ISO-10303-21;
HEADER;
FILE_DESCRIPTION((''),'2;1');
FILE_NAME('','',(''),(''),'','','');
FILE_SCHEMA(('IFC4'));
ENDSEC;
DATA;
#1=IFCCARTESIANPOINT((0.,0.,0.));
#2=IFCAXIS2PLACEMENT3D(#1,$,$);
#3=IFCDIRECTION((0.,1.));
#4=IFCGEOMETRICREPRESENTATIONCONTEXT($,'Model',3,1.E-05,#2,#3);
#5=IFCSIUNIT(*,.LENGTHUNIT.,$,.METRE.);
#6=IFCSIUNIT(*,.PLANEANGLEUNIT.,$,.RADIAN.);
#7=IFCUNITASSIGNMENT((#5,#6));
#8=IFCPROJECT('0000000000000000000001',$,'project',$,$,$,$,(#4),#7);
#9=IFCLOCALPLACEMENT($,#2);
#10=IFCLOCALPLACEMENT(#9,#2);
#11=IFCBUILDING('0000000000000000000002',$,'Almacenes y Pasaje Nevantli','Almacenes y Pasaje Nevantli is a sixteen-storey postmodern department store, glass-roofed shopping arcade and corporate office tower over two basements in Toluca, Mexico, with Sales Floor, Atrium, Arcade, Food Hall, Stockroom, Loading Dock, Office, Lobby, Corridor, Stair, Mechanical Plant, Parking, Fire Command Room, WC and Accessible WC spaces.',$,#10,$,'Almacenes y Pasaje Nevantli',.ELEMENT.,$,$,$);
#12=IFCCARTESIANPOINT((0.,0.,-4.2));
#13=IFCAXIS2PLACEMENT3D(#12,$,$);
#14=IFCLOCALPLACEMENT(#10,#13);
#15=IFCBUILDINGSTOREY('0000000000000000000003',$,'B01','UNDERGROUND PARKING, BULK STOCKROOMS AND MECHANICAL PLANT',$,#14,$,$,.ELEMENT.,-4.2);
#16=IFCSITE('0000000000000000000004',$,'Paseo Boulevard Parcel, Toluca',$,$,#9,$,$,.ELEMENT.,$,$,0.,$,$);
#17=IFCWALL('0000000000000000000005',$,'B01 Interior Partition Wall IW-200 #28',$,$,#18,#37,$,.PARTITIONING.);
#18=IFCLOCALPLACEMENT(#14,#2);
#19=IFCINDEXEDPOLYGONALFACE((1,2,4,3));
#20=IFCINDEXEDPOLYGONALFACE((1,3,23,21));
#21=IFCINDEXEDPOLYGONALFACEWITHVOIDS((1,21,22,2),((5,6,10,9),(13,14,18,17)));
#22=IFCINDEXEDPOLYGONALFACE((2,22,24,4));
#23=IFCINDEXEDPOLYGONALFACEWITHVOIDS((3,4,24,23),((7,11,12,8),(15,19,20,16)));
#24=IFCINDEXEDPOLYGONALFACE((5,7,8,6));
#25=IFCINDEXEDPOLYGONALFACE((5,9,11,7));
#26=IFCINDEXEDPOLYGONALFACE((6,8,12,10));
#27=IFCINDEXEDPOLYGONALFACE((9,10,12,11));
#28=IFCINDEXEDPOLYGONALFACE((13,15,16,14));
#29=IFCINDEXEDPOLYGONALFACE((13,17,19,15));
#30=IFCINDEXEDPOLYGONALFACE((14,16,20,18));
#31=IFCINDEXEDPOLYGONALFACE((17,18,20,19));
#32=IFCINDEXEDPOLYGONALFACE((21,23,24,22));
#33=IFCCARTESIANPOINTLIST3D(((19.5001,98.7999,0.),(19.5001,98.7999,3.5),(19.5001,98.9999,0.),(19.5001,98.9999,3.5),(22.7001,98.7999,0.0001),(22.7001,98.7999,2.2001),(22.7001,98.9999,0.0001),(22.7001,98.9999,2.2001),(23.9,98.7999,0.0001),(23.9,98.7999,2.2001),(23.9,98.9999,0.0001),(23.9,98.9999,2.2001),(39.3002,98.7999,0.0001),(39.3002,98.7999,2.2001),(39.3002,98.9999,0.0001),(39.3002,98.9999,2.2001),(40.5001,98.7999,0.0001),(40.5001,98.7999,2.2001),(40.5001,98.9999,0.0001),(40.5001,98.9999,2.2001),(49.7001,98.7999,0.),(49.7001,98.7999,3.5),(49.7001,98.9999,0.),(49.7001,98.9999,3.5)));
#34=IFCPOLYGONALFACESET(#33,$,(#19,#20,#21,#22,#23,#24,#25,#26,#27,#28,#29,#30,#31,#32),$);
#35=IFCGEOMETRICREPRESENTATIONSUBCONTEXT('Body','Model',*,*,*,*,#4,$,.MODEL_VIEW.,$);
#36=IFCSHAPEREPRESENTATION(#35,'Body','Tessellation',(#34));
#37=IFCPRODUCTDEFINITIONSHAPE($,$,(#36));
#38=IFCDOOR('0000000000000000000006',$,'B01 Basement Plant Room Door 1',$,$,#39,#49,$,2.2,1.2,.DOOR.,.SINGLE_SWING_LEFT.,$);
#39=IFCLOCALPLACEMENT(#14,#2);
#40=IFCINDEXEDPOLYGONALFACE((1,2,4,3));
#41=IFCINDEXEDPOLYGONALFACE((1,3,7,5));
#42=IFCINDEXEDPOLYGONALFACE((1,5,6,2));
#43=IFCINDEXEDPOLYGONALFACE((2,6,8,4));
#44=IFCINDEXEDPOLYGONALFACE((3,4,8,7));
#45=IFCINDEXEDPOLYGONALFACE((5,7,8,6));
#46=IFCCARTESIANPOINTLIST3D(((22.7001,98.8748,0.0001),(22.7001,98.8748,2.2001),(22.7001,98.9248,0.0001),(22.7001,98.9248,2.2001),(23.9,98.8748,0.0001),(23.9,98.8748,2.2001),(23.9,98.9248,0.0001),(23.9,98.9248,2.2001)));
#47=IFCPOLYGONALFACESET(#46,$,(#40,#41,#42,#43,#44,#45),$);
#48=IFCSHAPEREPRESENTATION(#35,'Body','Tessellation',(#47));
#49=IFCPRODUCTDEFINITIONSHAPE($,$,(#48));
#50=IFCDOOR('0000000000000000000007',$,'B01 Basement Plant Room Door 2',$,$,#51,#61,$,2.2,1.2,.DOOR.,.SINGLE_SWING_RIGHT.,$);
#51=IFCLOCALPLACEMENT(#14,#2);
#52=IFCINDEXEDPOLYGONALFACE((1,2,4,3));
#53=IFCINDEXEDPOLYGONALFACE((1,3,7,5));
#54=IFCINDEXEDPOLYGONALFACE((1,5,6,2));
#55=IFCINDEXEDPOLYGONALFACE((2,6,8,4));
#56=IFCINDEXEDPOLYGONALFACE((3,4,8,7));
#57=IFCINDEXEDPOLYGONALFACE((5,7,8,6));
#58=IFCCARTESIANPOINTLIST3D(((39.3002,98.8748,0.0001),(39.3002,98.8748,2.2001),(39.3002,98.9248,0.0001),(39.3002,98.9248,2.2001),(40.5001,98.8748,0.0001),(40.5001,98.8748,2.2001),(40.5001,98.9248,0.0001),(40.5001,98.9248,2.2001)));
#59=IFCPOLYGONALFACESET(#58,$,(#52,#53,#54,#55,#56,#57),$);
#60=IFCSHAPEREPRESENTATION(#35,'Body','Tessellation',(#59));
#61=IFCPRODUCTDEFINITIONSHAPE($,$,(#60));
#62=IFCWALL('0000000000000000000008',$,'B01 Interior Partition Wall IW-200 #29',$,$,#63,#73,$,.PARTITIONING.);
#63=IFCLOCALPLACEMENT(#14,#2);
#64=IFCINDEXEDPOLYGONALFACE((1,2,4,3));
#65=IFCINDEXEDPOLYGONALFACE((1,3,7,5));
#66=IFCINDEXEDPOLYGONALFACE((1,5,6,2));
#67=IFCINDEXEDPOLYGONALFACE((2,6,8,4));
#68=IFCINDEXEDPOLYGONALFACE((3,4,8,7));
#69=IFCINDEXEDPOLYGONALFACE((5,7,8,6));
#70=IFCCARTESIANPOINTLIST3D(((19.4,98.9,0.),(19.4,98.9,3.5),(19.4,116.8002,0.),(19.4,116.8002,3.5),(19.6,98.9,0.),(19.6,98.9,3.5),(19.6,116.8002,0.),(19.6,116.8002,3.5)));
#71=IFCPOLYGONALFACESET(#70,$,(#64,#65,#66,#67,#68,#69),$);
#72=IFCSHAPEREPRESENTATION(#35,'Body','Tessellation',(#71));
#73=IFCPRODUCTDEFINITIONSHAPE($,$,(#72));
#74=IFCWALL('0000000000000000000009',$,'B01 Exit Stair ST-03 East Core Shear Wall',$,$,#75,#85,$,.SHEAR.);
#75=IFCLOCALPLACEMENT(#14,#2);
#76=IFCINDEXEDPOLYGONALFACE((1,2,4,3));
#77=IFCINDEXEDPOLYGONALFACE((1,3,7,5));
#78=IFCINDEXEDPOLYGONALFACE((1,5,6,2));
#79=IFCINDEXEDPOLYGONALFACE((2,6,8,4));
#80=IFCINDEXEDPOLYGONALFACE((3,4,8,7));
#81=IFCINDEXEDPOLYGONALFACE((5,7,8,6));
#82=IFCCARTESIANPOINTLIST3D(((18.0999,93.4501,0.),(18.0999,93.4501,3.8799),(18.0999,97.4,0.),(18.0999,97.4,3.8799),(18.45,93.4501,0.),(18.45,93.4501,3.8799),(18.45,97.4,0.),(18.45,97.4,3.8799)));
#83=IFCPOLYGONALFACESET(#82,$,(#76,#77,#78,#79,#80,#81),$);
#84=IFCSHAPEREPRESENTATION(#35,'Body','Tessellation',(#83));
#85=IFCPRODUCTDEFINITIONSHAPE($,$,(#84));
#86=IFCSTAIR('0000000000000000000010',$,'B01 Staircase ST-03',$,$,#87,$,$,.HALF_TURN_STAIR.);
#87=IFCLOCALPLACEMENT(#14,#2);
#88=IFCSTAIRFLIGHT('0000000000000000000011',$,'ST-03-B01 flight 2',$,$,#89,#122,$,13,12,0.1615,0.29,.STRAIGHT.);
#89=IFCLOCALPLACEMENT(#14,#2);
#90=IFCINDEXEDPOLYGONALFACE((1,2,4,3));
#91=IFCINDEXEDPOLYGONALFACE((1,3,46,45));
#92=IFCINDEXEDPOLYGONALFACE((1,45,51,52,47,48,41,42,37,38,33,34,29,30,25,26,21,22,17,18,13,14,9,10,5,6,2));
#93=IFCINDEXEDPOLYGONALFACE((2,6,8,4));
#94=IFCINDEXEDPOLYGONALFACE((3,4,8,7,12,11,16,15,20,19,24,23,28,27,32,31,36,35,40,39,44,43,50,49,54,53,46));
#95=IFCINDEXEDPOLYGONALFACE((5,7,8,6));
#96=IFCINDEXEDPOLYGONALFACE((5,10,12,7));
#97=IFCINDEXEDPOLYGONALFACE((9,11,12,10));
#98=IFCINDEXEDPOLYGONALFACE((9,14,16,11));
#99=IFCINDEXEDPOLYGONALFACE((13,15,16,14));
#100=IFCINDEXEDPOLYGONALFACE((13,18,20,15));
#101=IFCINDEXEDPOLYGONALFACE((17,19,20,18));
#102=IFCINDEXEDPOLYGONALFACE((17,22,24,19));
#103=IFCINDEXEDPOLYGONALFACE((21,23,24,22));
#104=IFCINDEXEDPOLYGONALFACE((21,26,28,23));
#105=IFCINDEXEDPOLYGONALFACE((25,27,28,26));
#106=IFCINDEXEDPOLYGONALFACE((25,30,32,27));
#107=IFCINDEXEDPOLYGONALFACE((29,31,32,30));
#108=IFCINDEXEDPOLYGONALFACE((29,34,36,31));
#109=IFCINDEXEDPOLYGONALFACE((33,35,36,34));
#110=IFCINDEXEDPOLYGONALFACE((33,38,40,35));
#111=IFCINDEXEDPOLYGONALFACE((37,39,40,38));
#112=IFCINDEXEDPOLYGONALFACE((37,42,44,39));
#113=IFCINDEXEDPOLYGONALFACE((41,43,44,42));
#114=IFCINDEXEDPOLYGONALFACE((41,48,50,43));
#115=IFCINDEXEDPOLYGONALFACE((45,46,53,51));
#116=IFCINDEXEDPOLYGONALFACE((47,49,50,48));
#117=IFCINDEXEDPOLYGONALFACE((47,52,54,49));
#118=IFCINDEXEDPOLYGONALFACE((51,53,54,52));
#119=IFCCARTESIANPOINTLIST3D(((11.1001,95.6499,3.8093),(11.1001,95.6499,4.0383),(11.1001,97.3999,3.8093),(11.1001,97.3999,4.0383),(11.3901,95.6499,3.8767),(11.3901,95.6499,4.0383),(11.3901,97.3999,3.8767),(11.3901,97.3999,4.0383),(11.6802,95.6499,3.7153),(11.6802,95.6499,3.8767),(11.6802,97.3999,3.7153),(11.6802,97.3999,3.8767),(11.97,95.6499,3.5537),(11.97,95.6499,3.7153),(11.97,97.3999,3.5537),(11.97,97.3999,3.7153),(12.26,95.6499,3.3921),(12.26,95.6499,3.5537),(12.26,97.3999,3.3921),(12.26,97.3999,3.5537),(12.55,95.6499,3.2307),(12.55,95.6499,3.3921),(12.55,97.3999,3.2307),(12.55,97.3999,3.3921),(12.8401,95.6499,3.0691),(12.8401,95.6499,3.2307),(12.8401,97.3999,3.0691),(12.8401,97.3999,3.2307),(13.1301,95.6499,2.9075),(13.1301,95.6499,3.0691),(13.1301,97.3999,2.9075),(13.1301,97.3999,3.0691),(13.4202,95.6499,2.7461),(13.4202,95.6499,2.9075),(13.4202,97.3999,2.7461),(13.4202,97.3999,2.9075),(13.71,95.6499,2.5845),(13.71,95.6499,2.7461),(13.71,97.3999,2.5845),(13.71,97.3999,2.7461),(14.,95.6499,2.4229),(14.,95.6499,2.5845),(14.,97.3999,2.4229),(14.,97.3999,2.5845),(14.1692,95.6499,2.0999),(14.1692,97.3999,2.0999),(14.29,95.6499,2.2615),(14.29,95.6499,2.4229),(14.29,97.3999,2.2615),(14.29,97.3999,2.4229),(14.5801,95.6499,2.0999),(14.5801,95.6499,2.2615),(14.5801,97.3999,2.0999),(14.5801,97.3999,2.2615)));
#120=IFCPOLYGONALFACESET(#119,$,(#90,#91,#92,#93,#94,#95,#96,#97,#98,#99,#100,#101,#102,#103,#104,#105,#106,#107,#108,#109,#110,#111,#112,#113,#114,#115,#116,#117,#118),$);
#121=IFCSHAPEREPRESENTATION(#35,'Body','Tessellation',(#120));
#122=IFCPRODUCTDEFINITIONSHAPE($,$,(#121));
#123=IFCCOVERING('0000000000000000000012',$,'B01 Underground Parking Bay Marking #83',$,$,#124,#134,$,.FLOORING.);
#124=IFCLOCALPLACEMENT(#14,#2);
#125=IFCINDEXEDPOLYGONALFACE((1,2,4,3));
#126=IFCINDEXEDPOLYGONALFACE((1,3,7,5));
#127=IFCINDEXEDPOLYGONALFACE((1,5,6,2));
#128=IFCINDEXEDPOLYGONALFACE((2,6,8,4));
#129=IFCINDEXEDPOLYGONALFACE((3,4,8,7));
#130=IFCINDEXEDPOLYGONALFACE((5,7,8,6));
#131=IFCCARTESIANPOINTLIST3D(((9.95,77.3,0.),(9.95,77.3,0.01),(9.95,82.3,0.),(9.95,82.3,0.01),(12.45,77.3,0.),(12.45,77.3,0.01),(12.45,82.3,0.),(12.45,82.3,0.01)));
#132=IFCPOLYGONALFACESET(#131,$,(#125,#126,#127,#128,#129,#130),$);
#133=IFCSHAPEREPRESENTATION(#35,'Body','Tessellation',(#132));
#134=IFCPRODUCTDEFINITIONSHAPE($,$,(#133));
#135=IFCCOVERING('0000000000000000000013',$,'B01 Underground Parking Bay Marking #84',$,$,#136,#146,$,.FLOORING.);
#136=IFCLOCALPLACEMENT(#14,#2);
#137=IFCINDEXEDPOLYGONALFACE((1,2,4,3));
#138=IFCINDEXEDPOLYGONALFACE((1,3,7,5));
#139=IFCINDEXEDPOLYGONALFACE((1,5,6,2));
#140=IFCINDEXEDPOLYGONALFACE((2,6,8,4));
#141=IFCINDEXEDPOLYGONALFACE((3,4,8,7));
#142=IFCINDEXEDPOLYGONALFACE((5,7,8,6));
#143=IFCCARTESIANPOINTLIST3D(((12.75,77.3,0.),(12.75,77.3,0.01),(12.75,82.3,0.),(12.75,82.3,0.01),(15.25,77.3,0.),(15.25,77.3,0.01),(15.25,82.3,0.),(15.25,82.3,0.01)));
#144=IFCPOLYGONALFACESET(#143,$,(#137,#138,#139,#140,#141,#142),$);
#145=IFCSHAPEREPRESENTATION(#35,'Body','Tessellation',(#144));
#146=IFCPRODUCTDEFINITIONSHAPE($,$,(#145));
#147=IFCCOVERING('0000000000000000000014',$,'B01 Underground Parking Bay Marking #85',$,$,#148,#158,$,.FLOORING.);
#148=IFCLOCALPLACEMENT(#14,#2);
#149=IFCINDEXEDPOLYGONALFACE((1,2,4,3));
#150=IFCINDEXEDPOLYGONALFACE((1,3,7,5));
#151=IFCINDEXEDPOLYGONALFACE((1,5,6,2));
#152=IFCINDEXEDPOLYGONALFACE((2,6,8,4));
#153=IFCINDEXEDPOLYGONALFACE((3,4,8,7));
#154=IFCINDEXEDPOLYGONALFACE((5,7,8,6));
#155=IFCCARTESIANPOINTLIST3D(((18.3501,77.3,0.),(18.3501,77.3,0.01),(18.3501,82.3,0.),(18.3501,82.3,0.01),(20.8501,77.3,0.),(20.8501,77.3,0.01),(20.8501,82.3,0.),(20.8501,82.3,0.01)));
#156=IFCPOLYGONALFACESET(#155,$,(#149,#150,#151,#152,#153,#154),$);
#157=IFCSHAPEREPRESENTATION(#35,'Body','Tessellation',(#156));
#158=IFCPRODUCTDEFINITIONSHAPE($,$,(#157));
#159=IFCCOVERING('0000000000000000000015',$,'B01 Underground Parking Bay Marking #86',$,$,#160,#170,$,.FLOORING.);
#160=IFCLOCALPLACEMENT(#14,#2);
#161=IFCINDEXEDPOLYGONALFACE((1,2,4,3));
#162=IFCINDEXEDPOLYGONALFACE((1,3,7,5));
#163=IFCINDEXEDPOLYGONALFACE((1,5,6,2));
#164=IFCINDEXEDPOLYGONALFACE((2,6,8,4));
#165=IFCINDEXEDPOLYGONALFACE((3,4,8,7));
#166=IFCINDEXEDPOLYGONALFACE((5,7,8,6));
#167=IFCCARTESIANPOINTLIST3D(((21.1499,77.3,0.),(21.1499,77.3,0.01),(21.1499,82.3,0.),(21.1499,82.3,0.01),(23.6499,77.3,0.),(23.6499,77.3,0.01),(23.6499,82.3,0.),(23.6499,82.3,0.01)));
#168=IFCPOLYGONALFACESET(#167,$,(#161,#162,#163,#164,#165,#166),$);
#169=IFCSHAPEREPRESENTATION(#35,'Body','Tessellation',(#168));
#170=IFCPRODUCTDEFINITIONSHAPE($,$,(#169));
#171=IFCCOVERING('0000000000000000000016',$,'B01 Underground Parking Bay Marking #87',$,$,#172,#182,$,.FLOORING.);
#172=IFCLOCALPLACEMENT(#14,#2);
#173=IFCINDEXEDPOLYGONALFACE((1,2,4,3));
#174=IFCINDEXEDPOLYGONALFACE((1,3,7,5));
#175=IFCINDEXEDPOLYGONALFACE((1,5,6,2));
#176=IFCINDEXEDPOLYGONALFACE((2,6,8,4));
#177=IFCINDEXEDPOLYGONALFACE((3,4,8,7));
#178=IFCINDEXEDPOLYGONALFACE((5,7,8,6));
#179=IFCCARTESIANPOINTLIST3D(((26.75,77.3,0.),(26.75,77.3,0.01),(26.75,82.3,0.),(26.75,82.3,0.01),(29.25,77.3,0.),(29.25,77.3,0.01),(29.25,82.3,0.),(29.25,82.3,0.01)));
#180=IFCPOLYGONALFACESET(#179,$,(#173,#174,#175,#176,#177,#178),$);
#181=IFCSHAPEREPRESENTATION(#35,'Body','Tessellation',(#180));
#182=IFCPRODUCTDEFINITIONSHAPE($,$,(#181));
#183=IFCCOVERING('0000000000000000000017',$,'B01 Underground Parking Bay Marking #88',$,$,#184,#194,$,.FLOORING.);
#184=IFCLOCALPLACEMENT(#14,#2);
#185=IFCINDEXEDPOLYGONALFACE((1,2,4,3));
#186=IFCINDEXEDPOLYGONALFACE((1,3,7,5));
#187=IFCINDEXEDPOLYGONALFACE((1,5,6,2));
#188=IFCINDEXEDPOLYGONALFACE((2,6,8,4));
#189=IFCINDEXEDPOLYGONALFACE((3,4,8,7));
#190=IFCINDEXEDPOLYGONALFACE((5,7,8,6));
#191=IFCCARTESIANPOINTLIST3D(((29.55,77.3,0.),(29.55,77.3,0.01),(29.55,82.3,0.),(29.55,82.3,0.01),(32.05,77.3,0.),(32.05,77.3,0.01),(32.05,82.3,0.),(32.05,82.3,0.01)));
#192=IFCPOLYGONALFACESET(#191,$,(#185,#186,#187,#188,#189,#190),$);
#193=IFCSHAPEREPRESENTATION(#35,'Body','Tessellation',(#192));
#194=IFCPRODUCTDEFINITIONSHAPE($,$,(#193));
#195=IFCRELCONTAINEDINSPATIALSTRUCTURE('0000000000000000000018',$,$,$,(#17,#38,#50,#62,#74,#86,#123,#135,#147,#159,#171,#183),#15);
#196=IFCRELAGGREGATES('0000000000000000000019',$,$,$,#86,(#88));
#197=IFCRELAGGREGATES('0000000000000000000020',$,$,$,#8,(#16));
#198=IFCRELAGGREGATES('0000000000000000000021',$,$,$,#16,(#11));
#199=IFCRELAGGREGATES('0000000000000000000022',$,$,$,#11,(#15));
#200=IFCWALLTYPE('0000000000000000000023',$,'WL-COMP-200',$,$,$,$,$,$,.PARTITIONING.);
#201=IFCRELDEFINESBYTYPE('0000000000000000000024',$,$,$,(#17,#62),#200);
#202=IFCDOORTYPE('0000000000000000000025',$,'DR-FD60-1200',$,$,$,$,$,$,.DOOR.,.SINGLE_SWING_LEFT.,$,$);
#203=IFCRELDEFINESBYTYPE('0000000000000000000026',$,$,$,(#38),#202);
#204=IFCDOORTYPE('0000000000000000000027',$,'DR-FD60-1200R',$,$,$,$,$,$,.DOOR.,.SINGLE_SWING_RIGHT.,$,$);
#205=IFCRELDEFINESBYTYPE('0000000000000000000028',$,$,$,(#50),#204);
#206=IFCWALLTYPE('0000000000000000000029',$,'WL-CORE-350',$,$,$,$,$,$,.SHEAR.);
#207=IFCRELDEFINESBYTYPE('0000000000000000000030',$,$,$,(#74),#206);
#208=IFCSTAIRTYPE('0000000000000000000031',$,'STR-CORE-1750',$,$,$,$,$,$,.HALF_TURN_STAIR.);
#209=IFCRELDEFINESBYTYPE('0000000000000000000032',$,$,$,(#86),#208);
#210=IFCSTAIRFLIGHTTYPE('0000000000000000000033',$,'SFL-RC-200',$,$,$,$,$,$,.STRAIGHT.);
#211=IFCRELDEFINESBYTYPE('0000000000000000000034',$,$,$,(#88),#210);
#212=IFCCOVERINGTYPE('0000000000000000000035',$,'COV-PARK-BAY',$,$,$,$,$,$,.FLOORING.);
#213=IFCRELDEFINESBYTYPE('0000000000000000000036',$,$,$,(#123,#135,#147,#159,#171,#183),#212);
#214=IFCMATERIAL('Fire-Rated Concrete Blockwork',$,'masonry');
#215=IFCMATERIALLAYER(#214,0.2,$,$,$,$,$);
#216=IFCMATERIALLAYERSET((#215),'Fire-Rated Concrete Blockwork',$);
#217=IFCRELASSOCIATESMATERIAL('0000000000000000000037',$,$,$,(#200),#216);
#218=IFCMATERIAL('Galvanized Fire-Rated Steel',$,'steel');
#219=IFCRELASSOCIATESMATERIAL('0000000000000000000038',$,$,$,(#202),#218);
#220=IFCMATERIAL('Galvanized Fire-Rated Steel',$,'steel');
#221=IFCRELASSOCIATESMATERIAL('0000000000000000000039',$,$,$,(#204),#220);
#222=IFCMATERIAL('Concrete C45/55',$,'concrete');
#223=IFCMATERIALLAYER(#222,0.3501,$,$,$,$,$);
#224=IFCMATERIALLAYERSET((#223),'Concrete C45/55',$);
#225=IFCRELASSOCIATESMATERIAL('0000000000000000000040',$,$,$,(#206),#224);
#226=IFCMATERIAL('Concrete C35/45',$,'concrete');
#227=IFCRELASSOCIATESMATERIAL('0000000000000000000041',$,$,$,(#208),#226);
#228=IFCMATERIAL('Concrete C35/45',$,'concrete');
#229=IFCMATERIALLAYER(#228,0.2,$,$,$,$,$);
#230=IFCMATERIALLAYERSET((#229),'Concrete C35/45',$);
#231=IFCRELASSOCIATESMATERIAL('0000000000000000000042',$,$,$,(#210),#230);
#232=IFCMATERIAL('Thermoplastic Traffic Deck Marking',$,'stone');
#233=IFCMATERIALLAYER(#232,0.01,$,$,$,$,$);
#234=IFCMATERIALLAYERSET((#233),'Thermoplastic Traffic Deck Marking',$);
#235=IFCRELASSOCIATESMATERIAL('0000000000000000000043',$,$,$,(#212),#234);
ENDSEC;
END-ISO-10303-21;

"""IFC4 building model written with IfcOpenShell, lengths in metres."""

from ifc_helpers import new_model, si_unit, direction, frame, frame_2d, origin, origin_2d, place, context, subcontext, project, spatial, polyline, rectangle, outline, extrude, material, layer, layer_set, type_object, element, fill, aggregate, save


model = new_model("IFC4")

# Units and contexts
model_context = context("Model", 3, precision=1e-05, world=origin(), true_north=direction((0.0, 1.0)))
body_context = subcontext(model_context, "Body", "Model", "MODEL_VIEW")
ifc_project = project(units=[si_unit("LENGTHUNIT", "METRE"), si_unit("PLANEANGLEUNIT", "RADIAN")], contexts=[model_context])

# Site, building, storey
site_placement = place(None, origin())
site = spatial("IfcSite", under=ifc_project, at=site_placement, Name="Paseo Boulevard Parcel, Toluca", CompositionType="ELEMENT", RefElevation=0.0)
building_placement = place(site_placement, origin())
building = spatial("IfcBuilding", under=site, at=building_placement, Name="Almacenes y Pasaje Nevantli", Description="Almacenes y Pasaje Nevantli is a sixteen-storey postmodern department store, glass-roofed shopping arcade and corporate office tower over two basements in Toluca, Mexico, with Sales Floor, Atrium, Arcade, Food Hall, Stockroom, Loading Dock, Office, Lobby, Corridor, Stair, Mechanical Plant, Parking, Fire Command Room, WC and Accessible WC spaces.", LongName="Almacenes y Pasaje Nevantli", CompositionType="ELEMENT")
storey_placement = place(building_placement, frame((0.0, 0.0, -4.2)))
storey = spatial("IfcBuildingStorey", under=building, at=storey_placement, Name="B01", Description="UNDERGROUND PARKING, BULK STOCKROOMS AND MECHANICAL PLANT", CompositionType="ELEMENT", Elevation=-4.2)

# Wall, openings, doors
ifc_material_1 = material(Name="Fire-Rated Concrete Blockwork", Category="masonry")
ifc_layer_1 = layer(ifc_material_1, 0.2)
ifc_layer_set_1 = layer_set([ifc_layer_1], Name="Fire-Rated Concrete Blockwork")
wall_type_1 = type_object("IfcWallType", Name="WL-COMP-200", PredefinedType="PARTITIONING", material=ifc_layer_set_1)
wall_1_placement = place(storey_placement, frame((19.5, 98.8999, 0.0), z_axis=(0.0, 0.0, 1.0), x_axis=(1.0, 0.0, 0.0)))
wall_1 = element("IfcWall", 1, at=wall_1_placement, inside=storey, type_object=wall_type_1, Name="B01 Interior Partition Wall IW-200 #28", PredefinedType="PARTITIONING", context=body_context, shape_type="SweptSolid", body=[
    extrude(rectangle(XDim=30.2, YDim=0.2, at=frame_2d((15.1001, 0.0))), origin(), (0.0, 0.0, 1.0), 3.5),
])
opening_1_placement = place(wall_1_placement, frame((3.2, 0.0, 0.0)))
opening_1 = element("IfcOpeningElement", 2, at=opening_1_placement, cuts=wall_1, PredefinedType="OPENING", context=body_context, shape_type="SweptSolid", body=[
    extrude(rectangle(XDim=1.2, YDim=2.2, at=frame_2d((0.6001, 1.1001))), frame((0.0, 0.1099, 0.0), z_axis=(0.0, -1.0, 0.0), x_axis=(1.0, 0.0, 0.0)), (0.0, 0.0, 1.0), 0.22),
])
opening_2_placement = place(wall_1_placement, frame((19.8, 0.0, 0.0)))
opening_2 = element("IfcOpeningElement", 3, at=opening_2_placement, cuts=wall_1, PredefinedType="OPENING", context=body_context, shape_type="SweptSolid", body=[
    extrude(rectangle(XDim=1.2, YDim=2.2, at=frame_2d((0.6001, 1.1001))), frame((0.0, 0.1099, 0.0), z_axis=(0.0, -1.0, 0.0), x_axis=(1.0, 0.0, 0.0)), (0.0, 0.0, 1.0), 0.22),
])
ifc_material_2 = material(Name="Galvanized Fire-Rated Steel", Category="steel")
door_type_1 = type_object("IfcDoorType", Name="DR-FD60-1200", OperationType="SINGLE_SWING_LEFT", PredefinedType="DOOR", material=ifc_material_2)
door_1_placement = place(opening_1_placement, origin())
door_1 = element("IfcDoor", 4, at=door_1_placement, inside=storey, type_object=door_type_1, Name="B01 Basement Plant Room Door 1", OperationType="SINGLE_SWING_LEFT", OverallHeight=2.2, OverallWidth=1.2, PredefinedType="DOOR", context=body_context, shape_type="SweptSolid", body=[
    extrude(rectangle(XDim=1.2, YDim=2.2, at=frame_2d((0.6001, 1.1001))), frame((0.0, 0.0249, 0.0), z_axis=(0.0, -1.0, 0.0), x_axis=(1.0, 0.0, 0.0)), (0.0, 0.0, 1.0), 0.05),
])
fill(opening_1, door_1)
ifc_material_3 = material(Name="Galvanized Fire-Rated Steel", Category="steel")
door_type_2 = type_object("IfcDoorType", Name="DR-FD60-1200R", OperationType="SINGLE_SWING_RIGHT", PredefinedType="DOOR", material=ifc_material_3)
door_2_placement = place(opening_2_placement, origin())
door_2 = element("IfcDoor", 5, at=door_2_placement, inside=storey, type_object=door_type_2, Name="B01 Basement Plant Room Door 2", OperationType="SINGLE_SWING_RIGHT", OverallHeight=2.2, OverallWidth=1.2, PredefinedType="DOOR", context=body_context, shape_type="SweptSolid", body=[
    extrude(rectangle(XDim=1.2, YDim=2.2, at=frame_2d((0.6001, 1.1001))), frame((0.0, 0.0249, 0.0), z_axis=(0.0, -1.0, 0.0), x_axis=(1.0, 0.0, 0.0)), (0.0, 0.0, 1.0), 0.05),
])
fill(opening_2, door_2)

# Walls
wall_2_placement = place(storey_placement, frame((19.5, 98.8999, 0.0), z_axis=(0.0, 0.0, 1.0), x_axis=(0.0, 1.0, 0.0)))
element("IfcWall", 6, at=wall_2_placement, inside=storey, type_object=wall_type_1, Name="B01 Interior Partition Wall IW-200 #29", PredefinedType="PARTITIONING", context=body_context, shape_type="SweptSolid", body=[
    extrude(rectangle(XDim=17.9001, YDim=0.2, at=frame_2d((8.9502, 0.0))), origin(), (0.0, 0.0, 1.0), 3.5),
])
ifc_material_4 = material(Name="Concrete C45/55", Category="concrete")
ifc_layer_2 = layer(ifc_material_4, 0.3501)
ifc_layer_set_2 = layer_set([ifc_layer_2], Name="Concrete C45/55")
wall_type_2 = type_object("IfcWallType", Name="WL-CORE-350", PredefinedType="SHEAR", material=ifc_layer_set_2)
wall_3_placement = place(storey_placement, frame((18.2749, 93.45, 0.0), z_axis=(0.0, 0.0, 1.0), x_axis=(0.0, 1.0, 0.0)))
element("IfcWall", 7, at=wall_3_placement, inside=storey, type_object=wall_type_2, Name="B01 Exit Stair ST-03 East Core Shear Wall", PredefinedType="SHEAR", context=body_context, shape_type="SweptSolid", body=[
    extrude(rectangle(XDim=3.95, YDim=0.3501, at=frame_2d((1.9751, 0.0))), origin(), (0.0, 0.0, 1.0), 3.8799),
])

# Stair, stair flight
ifc_material_5 = material(Name="Concrete C35/45", Category="concrete")
stair_type = type_object("IfcStairType", Name="STR-CORE-1750", PredefinedType="HALF_TURN_STAIR", material=ifc_material_5)
stair_placement = place(storey_placement, origin())
stair = element("IfcStair", 8, at=stair_placement, inside=storey, type_object=stair_type, Name="B01 Staircase ST-03", PredefinedType="HALF_TURN_STAIR")
ifc_material_6 = material(Name="Concrete C35/45", Category="concrete")
ifc_layer_3 = layer(ifc_material_6, 0.2)
ifc_layer_set_3 = layer_set([ifc_layer_3], Name="Concrete C35/45")
stair_flight_type = type_object("IfcStairFlightType", Name="SFL-RC-200", PredefinedType="STRAIGHT", material=ifc_layer_set_3)
stair_flight_placement = place(storey_placement, frame((14.5801, 96.5249, 2.0999), z_axis=(0.0, 0.0, 1.0), x_axis=(-1.0, 0.0, 0.0)))
stair_flight = element("IfcStairFlight", 9, at=stair_flight_placement, type_object=stair_flight_type, Name="ST-03-B01 flight 2", NumberOfRisers=13, NumberOfTreads=12, PredefinedType="STRAIGHT", RiserHeight=0.1615, TreadLength=0.29, context=body_context, shape_type="SweptSolid", body=[
    extrude(outline(polyline([(0.0, 0.0), (0.0, 0.1616), (0.29, 0.1616), (0.29, 0.323), (0.5801, 0.323), (0.5801, 0.4846), (0.8701, 0.4846), (0.8701, 0.6462), (1.1599, 0.6462), (1.1599, 0.8076), (1.45, 0.8076), (1.45, 0.9692), (1.74, 0.9692), (1.74, 1.1309), (2.03, 1.1309), (2.03, 1.2922), (2.3201, 1.2922), (2.3201, 1.4539), (2.6101, 1.4539), (2.6101, 1.6155), (2.8999, 1.6155), (2.8999, 1.7769), (3.1899, 1.7769), (3.1899, 1.9385), (3.48, 1.9385), (3.48, 2.1001), (3.48, 1.7095), (0.4109, 0.0), (0.0, 0.0)])), frame((0.0, 0.875, 0.0), z_axis=(0.0, -1.0, 0.0), x_axis=(1.0, 0.0, 0.0)), (0.0, 0.0, 1.0), 1.75),
])
aggregate(stair, [stair_flight])

# Coverings
ifc_material_7 = material(Name="Thermoplastic Traffic Deck Marking", Category="stone")
ifc_layer_4 = layer(ifc_material_7, 0.01)
ifc_layer_set_4 = layer_set([ifc_layer_4], Name="Thermoplastic Traffic Deck Marking")
covering_type = type_object("IfcCoveringType", Name="COV-PARK-BAY", PredefinedType="FLOORING", material=ifc_layer_set_4)
for number, where, z_axis, x_axis, name in (
    (10, (11.2, 79.8, 0.0), (0.0, 0.0, 1.0), (1.0, 0.0, 0.0), "B01 Underground Parking Bay Marking #83"),
    (11, (14.0, 79.8, 0.0), (0.0, 0.0, 1.0), (1.0, 0.0, 0.0), "B01 Underground Parking Bay Marking #84"),
    (12, (19.6001, 79.8, 0.0), (0.0, 0.0, 1.0), (1.0, 0.0, 0.0), "B01 Underground Parking Bay Marking #85"),
    (13, (22.3999, 79.8, 0.0), (0.0, 0.0, 1.0), (1.0, 0.0, 0.0), "B01 Underground Parking Bay Marking #86"),
    (14, (28.0, 79.8, 0.0), (0.0, 0.0, 1.0), (1.0, 0.0, 0.0), "B01 Underground Parking Bay Marking #87"),
    (15, (30.8, 79.8, 0.0), (0.0, 0.0, 1.0), (1.0, 0.0, 0.0), "B01 Underground Parking Bay Marking #88"),
):
    element("IfcCovering", number, at=place(storey_placement, frame(where, z_axis=z_axis, x_axis=x_axis)), inside=storey, type_object=covering_type, Name=name, PredefinedType="FLOORING", context=body_context, shape_type="SweptSolid", body=[
        extrude(rectangle(XDim=2.5, YDim=5.0, at=origin_2d()), origin(), (0.0, 0.0, 1.0), 0.01),
    ])

save(model, "model.ifc")
